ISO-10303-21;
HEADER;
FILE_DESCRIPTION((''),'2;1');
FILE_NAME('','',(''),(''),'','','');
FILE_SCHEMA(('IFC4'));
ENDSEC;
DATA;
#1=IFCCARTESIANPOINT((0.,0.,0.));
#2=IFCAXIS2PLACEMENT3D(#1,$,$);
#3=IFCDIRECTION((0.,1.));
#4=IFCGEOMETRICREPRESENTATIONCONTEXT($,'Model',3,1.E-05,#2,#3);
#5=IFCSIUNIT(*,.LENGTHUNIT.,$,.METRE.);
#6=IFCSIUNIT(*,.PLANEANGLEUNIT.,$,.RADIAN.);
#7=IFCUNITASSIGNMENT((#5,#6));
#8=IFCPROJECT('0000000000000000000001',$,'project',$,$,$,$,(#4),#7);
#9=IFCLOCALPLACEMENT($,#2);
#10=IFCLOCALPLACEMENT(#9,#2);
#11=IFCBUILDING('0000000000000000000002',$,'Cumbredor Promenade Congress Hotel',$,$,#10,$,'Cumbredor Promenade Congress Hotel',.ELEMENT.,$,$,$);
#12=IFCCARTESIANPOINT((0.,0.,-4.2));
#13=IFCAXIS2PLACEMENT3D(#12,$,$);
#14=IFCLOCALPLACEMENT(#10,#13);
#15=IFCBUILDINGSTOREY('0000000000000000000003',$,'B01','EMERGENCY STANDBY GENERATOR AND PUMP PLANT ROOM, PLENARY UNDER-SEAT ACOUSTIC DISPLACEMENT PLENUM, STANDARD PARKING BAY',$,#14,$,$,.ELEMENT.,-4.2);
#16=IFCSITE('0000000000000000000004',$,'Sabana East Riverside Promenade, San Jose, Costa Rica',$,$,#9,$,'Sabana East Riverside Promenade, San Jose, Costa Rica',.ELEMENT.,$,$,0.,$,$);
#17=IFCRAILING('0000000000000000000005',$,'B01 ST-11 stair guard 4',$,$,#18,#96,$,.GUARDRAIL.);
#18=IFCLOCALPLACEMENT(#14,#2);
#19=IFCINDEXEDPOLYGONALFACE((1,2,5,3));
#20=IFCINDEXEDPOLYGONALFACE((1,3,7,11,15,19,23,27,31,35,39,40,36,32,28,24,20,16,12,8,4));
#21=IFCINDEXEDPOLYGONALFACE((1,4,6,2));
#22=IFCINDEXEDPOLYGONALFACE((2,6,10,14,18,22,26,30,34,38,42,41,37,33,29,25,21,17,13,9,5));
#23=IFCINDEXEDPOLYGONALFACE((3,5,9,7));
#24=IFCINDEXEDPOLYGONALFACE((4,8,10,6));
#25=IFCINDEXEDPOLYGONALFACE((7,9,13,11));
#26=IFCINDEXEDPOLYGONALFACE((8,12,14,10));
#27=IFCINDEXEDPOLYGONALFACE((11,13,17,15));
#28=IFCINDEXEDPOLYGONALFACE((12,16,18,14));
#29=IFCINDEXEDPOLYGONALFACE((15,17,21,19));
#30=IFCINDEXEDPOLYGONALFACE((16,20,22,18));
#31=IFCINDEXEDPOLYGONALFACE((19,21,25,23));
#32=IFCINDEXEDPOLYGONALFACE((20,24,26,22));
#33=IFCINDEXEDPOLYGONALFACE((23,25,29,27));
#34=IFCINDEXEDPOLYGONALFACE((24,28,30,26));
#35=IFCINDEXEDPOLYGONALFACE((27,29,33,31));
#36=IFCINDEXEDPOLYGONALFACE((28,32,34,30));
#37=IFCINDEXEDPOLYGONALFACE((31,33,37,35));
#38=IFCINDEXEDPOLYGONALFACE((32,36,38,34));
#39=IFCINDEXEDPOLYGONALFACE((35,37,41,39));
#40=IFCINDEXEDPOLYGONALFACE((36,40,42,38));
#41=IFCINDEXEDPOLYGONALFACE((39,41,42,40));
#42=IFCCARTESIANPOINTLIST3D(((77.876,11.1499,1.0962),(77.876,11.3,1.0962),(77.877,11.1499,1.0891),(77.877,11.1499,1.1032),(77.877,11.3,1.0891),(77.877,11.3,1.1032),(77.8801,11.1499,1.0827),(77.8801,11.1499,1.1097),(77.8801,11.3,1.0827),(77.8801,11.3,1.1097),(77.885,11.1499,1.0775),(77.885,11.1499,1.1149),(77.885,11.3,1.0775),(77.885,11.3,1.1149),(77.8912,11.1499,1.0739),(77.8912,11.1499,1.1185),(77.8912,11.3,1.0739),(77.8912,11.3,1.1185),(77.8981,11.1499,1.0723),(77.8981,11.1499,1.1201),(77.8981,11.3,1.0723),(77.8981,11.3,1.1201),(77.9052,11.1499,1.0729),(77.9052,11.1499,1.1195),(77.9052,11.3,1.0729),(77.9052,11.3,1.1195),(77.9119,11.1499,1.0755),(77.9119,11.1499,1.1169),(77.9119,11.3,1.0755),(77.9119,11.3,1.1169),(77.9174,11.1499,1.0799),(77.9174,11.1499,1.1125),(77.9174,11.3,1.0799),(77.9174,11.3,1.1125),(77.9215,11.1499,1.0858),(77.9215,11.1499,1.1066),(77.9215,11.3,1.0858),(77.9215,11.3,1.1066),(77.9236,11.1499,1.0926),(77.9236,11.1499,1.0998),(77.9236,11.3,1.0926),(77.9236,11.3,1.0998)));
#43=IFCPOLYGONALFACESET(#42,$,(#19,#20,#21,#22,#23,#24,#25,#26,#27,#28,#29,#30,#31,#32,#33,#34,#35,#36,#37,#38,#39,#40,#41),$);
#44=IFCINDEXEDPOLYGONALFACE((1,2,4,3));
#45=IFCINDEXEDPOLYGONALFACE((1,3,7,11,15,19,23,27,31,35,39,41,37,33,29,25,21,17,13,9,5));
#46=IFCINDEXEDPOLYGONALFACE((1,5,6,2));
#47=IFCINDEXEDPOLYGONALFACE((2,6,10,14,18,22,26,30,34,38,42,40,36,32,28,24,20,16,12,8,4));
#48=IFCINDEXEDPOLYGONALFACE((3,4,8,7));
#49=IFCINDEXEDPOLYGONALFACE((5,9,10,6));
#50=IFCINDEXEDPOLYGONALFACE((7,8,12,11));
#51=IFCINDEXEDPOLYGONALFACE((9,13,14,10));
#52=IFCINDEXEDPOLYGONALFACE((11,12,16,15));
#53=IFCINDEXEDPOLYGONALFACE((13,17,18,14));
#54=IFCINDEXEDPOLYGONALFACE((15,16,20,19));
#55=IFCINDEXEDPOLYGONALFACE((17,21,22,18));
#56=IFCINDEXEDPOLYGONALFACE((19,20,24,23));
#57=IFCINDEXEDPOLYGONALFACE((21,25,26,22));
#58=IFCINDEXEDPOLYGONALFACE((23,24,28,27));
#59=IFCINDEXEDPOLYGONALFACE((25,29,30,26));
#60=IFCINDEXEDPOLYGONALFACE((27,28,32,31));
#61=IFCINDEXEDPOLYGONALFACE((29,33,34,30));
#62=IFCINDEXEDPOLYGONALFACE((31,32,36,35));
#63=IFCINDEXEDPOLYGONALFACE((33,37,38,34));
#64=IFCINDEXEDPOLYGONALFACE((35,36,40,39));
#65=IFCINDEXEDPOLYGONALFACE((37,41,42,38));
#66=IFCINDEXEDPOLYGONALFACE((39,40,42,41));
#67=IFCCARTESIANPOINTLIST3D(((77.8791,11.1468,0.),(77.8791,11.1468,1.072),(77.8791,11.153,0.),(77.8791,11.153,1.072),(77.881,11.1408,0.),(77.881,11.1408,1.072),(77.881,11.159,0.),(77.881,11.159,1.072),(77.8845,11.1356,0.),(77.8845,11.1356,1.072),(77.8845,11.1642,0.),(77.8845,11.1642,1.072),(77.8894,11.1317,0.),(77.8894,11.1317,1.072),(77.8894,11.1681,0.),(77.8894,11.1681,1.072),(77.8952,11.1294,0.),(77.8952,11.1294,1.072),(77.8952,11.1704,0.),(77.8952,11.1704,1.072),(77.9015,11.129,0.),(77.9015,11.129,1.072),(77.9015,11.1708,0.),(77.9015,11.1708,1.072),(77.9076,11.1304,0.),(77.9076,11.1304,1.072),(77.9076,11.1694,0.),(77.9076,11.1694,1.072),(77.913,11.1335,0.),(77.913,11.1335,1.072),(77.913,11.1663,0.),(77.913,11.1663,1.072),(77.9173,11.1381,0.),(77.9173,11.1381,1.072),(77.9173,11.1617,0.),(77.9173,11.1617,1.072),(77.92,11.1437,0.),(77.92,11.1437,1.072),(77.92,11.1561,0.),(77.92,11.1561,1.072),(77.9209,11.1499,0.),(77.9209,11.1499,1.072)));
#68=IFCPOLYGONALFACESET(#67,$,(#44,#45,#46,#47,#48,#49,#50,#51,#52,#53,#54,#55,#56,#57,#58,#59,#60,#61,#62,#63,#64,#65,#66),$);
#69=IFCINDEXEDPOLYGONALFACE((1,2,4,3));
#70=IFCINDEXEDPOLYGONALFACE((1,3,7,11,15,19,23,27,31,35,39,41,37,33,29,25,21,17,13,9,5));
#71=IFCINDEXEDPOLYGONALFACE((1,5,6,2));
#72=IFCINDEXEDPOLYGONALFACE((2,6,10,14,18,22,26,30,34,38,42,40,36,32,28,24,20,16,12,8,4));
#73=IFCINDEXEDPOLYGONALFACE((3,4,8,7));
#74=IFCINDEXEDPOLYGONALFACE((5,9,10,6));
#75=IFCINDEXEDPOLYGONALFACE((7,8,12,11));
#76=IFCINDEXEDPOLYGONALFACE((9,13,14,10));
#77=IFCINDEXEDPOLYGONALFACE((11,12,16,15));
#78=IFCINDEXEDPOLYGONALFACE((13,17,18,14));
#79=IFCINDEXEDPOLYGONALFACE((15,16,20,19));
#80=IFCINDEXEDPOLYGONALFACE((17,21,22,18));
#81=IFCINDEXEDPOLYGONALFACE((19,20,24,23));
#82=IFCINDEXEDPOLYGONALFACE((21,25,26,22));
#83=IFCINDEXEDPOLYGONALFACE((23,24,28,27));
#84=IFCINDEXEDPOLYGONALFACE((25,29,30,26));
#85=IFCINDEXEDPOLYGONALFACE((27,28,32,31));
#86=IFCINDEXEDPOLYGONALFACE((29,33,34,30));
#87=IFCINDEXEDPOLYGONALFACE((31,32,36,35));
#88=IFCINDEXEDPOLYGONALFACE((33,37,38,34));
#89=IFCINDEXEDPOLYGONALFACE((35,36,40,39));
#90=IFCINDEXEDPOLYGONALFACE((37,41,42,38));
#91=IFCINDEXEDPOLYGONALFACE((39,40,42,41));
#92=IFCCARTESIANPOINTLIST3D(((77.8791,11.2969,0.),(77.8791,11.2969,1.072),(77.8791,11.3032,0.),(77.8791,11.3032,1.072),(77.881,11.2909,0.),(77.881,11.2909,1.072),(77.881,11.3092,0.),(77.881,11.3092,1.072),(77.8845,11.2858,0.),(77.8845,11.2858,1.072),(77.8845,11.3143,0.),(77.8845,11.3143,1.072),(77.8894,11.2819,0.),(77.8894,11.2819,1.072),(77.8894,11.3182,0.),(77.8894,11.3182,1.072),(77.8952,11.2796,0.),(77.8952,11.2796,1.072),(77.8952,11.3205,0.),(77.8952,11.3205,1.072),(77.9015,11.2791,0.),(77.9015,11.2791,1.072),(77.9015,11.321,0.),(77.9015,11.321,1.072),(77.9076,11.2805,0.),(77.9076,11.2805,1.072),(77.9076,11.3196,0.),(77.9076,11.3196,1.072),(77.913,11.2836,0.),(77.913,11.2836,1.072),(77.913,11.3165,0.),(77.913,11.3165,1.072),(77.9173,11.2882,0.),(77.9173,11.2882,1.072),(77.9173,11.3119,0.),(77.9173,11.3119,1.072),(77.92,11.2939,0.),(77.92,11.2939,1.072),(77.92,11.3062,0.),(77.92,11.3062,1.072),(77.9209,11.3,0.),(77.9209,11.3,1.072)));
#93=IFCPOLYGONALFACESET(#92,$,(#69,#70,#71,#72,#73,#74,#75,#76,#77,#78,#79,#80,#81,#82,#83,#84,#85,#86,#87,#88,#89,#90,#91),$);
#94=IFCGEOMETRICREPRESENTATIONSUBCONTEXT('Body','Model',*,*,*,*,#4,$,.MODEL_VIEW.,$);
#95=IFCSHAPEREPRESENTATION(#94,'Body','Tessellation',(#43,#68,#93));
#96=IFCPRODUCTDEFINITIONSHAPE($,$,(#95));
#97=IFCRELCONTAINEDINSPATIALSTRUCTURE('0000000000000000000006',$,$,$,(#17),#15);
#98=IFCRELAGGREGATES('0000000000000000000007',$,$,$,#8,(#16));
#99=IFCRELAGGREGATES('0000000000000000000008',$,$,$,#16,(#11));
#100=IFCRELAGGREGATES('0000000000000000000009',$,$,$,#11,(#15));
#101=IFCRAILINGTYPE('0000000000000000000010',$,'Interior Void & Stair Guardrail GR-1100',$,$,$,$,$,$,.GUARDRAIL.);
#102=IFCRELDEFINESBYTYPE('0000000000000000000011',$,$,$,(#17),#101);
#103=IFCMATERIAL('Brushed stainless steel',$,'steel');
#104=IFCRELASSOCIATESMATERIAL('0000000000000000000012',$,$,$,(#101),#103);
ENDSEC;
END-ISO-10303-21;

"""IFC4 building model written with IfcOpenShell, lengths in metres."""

from ifc_helpers import new_model, si_unit, direction, frame, origin, origin_2d, place, context, subcontext, project, spatial, circle, extrude, material, type_object, element, save


model = new_model("IFC4")

# Units and contexts
model_context = context("Model", 3, precision=1e-05, world=origin(), true_north=direction((0.0, 1.0)))
body_context = subcontext(model_context, "Body", "Model", "MODEL_VIEW")
ifc_project = project(units=[si_unit("LENGTHUNIT", "METRE"), si_unit("PLANEANGLEUNIT", "RADIAN")], contexts=[model_context])

# Site, building, storey
site_placement = place(None, origin())
site = spatial("IfcSite", under=ifc_project, at=site_placement, Name="Sabana East Riverside Promenade, San Jose, Costa Rica", LongName="Sabana East Riverside Promenade, San Jose, Costa Rica", CompositionType="ELEMENT", RefElevation=0.0)
building_placement = place(site_placement, origin())
building = spatial("IfcBuilding", under=site, at=building_placement, Name="Cumbredor Promenade Congress Hotel", LongName="Cumbredor Promenade Congress Hotel", CompositionType="ELEMENT")
storey_placement = place(building_placement, frame((0.0, 0.0, -4.2)))
storey = spatial("IfcBuildingStorey", under=building, at=storey_placement, Name="B01", Description="EMERGENCY STANDBY GENERATOR AND PUMP PLANT ROOM, PLENARY UNDER-SEAT ACOUSTIC DISPLACEMENT PLENUM, STANDARD PARKING BAY", CompositionType="ELEMENT", Elevation=-4.2)

# Shared definitions
ifc_material_1 = material(Name="Brushed stainless steel", Category="steel")

# Railing
railing_type_1 = type_object("IfcRailingType", Name="Interior Void & Stair Guardrail GR-1100", PredefinedType="GUARDRAIL", material=ifc_material_1)
railing_1_placement = place(storey_placement, frame((77.8999, 11.1499, 0.0)))
element("IfcRailing", 1, at=railing_1_placement, inside=storey, type_object=railing_type_1, Name="B01 ST-11 stair guard 4", PredefinedType="GUARDRAIL", context=body_context, shape_type="SweptSolid", body=[
    extrude(circle(Radius=0.0239, at=origin_2d()), frame((0.0, 0.0, 1.0962), z_axis=(0.0, 1.0, 0.0), x_axis=(-1.0, 0.0, 0.0)), (0.0, 0.0, 1.0), 0.1501),
    extrude(circle(Radius=0.021, at=origin_2d()), origin(), (0.0, 0.0, 1.0), 1.072),
    extrude(circle(Radius=0.021, at=origin_2d()), frame((0.0, 0.1501, 0.0)), (0.0, 0.0, 1.0), 1.072),
])

save(model, "model.ifc")
